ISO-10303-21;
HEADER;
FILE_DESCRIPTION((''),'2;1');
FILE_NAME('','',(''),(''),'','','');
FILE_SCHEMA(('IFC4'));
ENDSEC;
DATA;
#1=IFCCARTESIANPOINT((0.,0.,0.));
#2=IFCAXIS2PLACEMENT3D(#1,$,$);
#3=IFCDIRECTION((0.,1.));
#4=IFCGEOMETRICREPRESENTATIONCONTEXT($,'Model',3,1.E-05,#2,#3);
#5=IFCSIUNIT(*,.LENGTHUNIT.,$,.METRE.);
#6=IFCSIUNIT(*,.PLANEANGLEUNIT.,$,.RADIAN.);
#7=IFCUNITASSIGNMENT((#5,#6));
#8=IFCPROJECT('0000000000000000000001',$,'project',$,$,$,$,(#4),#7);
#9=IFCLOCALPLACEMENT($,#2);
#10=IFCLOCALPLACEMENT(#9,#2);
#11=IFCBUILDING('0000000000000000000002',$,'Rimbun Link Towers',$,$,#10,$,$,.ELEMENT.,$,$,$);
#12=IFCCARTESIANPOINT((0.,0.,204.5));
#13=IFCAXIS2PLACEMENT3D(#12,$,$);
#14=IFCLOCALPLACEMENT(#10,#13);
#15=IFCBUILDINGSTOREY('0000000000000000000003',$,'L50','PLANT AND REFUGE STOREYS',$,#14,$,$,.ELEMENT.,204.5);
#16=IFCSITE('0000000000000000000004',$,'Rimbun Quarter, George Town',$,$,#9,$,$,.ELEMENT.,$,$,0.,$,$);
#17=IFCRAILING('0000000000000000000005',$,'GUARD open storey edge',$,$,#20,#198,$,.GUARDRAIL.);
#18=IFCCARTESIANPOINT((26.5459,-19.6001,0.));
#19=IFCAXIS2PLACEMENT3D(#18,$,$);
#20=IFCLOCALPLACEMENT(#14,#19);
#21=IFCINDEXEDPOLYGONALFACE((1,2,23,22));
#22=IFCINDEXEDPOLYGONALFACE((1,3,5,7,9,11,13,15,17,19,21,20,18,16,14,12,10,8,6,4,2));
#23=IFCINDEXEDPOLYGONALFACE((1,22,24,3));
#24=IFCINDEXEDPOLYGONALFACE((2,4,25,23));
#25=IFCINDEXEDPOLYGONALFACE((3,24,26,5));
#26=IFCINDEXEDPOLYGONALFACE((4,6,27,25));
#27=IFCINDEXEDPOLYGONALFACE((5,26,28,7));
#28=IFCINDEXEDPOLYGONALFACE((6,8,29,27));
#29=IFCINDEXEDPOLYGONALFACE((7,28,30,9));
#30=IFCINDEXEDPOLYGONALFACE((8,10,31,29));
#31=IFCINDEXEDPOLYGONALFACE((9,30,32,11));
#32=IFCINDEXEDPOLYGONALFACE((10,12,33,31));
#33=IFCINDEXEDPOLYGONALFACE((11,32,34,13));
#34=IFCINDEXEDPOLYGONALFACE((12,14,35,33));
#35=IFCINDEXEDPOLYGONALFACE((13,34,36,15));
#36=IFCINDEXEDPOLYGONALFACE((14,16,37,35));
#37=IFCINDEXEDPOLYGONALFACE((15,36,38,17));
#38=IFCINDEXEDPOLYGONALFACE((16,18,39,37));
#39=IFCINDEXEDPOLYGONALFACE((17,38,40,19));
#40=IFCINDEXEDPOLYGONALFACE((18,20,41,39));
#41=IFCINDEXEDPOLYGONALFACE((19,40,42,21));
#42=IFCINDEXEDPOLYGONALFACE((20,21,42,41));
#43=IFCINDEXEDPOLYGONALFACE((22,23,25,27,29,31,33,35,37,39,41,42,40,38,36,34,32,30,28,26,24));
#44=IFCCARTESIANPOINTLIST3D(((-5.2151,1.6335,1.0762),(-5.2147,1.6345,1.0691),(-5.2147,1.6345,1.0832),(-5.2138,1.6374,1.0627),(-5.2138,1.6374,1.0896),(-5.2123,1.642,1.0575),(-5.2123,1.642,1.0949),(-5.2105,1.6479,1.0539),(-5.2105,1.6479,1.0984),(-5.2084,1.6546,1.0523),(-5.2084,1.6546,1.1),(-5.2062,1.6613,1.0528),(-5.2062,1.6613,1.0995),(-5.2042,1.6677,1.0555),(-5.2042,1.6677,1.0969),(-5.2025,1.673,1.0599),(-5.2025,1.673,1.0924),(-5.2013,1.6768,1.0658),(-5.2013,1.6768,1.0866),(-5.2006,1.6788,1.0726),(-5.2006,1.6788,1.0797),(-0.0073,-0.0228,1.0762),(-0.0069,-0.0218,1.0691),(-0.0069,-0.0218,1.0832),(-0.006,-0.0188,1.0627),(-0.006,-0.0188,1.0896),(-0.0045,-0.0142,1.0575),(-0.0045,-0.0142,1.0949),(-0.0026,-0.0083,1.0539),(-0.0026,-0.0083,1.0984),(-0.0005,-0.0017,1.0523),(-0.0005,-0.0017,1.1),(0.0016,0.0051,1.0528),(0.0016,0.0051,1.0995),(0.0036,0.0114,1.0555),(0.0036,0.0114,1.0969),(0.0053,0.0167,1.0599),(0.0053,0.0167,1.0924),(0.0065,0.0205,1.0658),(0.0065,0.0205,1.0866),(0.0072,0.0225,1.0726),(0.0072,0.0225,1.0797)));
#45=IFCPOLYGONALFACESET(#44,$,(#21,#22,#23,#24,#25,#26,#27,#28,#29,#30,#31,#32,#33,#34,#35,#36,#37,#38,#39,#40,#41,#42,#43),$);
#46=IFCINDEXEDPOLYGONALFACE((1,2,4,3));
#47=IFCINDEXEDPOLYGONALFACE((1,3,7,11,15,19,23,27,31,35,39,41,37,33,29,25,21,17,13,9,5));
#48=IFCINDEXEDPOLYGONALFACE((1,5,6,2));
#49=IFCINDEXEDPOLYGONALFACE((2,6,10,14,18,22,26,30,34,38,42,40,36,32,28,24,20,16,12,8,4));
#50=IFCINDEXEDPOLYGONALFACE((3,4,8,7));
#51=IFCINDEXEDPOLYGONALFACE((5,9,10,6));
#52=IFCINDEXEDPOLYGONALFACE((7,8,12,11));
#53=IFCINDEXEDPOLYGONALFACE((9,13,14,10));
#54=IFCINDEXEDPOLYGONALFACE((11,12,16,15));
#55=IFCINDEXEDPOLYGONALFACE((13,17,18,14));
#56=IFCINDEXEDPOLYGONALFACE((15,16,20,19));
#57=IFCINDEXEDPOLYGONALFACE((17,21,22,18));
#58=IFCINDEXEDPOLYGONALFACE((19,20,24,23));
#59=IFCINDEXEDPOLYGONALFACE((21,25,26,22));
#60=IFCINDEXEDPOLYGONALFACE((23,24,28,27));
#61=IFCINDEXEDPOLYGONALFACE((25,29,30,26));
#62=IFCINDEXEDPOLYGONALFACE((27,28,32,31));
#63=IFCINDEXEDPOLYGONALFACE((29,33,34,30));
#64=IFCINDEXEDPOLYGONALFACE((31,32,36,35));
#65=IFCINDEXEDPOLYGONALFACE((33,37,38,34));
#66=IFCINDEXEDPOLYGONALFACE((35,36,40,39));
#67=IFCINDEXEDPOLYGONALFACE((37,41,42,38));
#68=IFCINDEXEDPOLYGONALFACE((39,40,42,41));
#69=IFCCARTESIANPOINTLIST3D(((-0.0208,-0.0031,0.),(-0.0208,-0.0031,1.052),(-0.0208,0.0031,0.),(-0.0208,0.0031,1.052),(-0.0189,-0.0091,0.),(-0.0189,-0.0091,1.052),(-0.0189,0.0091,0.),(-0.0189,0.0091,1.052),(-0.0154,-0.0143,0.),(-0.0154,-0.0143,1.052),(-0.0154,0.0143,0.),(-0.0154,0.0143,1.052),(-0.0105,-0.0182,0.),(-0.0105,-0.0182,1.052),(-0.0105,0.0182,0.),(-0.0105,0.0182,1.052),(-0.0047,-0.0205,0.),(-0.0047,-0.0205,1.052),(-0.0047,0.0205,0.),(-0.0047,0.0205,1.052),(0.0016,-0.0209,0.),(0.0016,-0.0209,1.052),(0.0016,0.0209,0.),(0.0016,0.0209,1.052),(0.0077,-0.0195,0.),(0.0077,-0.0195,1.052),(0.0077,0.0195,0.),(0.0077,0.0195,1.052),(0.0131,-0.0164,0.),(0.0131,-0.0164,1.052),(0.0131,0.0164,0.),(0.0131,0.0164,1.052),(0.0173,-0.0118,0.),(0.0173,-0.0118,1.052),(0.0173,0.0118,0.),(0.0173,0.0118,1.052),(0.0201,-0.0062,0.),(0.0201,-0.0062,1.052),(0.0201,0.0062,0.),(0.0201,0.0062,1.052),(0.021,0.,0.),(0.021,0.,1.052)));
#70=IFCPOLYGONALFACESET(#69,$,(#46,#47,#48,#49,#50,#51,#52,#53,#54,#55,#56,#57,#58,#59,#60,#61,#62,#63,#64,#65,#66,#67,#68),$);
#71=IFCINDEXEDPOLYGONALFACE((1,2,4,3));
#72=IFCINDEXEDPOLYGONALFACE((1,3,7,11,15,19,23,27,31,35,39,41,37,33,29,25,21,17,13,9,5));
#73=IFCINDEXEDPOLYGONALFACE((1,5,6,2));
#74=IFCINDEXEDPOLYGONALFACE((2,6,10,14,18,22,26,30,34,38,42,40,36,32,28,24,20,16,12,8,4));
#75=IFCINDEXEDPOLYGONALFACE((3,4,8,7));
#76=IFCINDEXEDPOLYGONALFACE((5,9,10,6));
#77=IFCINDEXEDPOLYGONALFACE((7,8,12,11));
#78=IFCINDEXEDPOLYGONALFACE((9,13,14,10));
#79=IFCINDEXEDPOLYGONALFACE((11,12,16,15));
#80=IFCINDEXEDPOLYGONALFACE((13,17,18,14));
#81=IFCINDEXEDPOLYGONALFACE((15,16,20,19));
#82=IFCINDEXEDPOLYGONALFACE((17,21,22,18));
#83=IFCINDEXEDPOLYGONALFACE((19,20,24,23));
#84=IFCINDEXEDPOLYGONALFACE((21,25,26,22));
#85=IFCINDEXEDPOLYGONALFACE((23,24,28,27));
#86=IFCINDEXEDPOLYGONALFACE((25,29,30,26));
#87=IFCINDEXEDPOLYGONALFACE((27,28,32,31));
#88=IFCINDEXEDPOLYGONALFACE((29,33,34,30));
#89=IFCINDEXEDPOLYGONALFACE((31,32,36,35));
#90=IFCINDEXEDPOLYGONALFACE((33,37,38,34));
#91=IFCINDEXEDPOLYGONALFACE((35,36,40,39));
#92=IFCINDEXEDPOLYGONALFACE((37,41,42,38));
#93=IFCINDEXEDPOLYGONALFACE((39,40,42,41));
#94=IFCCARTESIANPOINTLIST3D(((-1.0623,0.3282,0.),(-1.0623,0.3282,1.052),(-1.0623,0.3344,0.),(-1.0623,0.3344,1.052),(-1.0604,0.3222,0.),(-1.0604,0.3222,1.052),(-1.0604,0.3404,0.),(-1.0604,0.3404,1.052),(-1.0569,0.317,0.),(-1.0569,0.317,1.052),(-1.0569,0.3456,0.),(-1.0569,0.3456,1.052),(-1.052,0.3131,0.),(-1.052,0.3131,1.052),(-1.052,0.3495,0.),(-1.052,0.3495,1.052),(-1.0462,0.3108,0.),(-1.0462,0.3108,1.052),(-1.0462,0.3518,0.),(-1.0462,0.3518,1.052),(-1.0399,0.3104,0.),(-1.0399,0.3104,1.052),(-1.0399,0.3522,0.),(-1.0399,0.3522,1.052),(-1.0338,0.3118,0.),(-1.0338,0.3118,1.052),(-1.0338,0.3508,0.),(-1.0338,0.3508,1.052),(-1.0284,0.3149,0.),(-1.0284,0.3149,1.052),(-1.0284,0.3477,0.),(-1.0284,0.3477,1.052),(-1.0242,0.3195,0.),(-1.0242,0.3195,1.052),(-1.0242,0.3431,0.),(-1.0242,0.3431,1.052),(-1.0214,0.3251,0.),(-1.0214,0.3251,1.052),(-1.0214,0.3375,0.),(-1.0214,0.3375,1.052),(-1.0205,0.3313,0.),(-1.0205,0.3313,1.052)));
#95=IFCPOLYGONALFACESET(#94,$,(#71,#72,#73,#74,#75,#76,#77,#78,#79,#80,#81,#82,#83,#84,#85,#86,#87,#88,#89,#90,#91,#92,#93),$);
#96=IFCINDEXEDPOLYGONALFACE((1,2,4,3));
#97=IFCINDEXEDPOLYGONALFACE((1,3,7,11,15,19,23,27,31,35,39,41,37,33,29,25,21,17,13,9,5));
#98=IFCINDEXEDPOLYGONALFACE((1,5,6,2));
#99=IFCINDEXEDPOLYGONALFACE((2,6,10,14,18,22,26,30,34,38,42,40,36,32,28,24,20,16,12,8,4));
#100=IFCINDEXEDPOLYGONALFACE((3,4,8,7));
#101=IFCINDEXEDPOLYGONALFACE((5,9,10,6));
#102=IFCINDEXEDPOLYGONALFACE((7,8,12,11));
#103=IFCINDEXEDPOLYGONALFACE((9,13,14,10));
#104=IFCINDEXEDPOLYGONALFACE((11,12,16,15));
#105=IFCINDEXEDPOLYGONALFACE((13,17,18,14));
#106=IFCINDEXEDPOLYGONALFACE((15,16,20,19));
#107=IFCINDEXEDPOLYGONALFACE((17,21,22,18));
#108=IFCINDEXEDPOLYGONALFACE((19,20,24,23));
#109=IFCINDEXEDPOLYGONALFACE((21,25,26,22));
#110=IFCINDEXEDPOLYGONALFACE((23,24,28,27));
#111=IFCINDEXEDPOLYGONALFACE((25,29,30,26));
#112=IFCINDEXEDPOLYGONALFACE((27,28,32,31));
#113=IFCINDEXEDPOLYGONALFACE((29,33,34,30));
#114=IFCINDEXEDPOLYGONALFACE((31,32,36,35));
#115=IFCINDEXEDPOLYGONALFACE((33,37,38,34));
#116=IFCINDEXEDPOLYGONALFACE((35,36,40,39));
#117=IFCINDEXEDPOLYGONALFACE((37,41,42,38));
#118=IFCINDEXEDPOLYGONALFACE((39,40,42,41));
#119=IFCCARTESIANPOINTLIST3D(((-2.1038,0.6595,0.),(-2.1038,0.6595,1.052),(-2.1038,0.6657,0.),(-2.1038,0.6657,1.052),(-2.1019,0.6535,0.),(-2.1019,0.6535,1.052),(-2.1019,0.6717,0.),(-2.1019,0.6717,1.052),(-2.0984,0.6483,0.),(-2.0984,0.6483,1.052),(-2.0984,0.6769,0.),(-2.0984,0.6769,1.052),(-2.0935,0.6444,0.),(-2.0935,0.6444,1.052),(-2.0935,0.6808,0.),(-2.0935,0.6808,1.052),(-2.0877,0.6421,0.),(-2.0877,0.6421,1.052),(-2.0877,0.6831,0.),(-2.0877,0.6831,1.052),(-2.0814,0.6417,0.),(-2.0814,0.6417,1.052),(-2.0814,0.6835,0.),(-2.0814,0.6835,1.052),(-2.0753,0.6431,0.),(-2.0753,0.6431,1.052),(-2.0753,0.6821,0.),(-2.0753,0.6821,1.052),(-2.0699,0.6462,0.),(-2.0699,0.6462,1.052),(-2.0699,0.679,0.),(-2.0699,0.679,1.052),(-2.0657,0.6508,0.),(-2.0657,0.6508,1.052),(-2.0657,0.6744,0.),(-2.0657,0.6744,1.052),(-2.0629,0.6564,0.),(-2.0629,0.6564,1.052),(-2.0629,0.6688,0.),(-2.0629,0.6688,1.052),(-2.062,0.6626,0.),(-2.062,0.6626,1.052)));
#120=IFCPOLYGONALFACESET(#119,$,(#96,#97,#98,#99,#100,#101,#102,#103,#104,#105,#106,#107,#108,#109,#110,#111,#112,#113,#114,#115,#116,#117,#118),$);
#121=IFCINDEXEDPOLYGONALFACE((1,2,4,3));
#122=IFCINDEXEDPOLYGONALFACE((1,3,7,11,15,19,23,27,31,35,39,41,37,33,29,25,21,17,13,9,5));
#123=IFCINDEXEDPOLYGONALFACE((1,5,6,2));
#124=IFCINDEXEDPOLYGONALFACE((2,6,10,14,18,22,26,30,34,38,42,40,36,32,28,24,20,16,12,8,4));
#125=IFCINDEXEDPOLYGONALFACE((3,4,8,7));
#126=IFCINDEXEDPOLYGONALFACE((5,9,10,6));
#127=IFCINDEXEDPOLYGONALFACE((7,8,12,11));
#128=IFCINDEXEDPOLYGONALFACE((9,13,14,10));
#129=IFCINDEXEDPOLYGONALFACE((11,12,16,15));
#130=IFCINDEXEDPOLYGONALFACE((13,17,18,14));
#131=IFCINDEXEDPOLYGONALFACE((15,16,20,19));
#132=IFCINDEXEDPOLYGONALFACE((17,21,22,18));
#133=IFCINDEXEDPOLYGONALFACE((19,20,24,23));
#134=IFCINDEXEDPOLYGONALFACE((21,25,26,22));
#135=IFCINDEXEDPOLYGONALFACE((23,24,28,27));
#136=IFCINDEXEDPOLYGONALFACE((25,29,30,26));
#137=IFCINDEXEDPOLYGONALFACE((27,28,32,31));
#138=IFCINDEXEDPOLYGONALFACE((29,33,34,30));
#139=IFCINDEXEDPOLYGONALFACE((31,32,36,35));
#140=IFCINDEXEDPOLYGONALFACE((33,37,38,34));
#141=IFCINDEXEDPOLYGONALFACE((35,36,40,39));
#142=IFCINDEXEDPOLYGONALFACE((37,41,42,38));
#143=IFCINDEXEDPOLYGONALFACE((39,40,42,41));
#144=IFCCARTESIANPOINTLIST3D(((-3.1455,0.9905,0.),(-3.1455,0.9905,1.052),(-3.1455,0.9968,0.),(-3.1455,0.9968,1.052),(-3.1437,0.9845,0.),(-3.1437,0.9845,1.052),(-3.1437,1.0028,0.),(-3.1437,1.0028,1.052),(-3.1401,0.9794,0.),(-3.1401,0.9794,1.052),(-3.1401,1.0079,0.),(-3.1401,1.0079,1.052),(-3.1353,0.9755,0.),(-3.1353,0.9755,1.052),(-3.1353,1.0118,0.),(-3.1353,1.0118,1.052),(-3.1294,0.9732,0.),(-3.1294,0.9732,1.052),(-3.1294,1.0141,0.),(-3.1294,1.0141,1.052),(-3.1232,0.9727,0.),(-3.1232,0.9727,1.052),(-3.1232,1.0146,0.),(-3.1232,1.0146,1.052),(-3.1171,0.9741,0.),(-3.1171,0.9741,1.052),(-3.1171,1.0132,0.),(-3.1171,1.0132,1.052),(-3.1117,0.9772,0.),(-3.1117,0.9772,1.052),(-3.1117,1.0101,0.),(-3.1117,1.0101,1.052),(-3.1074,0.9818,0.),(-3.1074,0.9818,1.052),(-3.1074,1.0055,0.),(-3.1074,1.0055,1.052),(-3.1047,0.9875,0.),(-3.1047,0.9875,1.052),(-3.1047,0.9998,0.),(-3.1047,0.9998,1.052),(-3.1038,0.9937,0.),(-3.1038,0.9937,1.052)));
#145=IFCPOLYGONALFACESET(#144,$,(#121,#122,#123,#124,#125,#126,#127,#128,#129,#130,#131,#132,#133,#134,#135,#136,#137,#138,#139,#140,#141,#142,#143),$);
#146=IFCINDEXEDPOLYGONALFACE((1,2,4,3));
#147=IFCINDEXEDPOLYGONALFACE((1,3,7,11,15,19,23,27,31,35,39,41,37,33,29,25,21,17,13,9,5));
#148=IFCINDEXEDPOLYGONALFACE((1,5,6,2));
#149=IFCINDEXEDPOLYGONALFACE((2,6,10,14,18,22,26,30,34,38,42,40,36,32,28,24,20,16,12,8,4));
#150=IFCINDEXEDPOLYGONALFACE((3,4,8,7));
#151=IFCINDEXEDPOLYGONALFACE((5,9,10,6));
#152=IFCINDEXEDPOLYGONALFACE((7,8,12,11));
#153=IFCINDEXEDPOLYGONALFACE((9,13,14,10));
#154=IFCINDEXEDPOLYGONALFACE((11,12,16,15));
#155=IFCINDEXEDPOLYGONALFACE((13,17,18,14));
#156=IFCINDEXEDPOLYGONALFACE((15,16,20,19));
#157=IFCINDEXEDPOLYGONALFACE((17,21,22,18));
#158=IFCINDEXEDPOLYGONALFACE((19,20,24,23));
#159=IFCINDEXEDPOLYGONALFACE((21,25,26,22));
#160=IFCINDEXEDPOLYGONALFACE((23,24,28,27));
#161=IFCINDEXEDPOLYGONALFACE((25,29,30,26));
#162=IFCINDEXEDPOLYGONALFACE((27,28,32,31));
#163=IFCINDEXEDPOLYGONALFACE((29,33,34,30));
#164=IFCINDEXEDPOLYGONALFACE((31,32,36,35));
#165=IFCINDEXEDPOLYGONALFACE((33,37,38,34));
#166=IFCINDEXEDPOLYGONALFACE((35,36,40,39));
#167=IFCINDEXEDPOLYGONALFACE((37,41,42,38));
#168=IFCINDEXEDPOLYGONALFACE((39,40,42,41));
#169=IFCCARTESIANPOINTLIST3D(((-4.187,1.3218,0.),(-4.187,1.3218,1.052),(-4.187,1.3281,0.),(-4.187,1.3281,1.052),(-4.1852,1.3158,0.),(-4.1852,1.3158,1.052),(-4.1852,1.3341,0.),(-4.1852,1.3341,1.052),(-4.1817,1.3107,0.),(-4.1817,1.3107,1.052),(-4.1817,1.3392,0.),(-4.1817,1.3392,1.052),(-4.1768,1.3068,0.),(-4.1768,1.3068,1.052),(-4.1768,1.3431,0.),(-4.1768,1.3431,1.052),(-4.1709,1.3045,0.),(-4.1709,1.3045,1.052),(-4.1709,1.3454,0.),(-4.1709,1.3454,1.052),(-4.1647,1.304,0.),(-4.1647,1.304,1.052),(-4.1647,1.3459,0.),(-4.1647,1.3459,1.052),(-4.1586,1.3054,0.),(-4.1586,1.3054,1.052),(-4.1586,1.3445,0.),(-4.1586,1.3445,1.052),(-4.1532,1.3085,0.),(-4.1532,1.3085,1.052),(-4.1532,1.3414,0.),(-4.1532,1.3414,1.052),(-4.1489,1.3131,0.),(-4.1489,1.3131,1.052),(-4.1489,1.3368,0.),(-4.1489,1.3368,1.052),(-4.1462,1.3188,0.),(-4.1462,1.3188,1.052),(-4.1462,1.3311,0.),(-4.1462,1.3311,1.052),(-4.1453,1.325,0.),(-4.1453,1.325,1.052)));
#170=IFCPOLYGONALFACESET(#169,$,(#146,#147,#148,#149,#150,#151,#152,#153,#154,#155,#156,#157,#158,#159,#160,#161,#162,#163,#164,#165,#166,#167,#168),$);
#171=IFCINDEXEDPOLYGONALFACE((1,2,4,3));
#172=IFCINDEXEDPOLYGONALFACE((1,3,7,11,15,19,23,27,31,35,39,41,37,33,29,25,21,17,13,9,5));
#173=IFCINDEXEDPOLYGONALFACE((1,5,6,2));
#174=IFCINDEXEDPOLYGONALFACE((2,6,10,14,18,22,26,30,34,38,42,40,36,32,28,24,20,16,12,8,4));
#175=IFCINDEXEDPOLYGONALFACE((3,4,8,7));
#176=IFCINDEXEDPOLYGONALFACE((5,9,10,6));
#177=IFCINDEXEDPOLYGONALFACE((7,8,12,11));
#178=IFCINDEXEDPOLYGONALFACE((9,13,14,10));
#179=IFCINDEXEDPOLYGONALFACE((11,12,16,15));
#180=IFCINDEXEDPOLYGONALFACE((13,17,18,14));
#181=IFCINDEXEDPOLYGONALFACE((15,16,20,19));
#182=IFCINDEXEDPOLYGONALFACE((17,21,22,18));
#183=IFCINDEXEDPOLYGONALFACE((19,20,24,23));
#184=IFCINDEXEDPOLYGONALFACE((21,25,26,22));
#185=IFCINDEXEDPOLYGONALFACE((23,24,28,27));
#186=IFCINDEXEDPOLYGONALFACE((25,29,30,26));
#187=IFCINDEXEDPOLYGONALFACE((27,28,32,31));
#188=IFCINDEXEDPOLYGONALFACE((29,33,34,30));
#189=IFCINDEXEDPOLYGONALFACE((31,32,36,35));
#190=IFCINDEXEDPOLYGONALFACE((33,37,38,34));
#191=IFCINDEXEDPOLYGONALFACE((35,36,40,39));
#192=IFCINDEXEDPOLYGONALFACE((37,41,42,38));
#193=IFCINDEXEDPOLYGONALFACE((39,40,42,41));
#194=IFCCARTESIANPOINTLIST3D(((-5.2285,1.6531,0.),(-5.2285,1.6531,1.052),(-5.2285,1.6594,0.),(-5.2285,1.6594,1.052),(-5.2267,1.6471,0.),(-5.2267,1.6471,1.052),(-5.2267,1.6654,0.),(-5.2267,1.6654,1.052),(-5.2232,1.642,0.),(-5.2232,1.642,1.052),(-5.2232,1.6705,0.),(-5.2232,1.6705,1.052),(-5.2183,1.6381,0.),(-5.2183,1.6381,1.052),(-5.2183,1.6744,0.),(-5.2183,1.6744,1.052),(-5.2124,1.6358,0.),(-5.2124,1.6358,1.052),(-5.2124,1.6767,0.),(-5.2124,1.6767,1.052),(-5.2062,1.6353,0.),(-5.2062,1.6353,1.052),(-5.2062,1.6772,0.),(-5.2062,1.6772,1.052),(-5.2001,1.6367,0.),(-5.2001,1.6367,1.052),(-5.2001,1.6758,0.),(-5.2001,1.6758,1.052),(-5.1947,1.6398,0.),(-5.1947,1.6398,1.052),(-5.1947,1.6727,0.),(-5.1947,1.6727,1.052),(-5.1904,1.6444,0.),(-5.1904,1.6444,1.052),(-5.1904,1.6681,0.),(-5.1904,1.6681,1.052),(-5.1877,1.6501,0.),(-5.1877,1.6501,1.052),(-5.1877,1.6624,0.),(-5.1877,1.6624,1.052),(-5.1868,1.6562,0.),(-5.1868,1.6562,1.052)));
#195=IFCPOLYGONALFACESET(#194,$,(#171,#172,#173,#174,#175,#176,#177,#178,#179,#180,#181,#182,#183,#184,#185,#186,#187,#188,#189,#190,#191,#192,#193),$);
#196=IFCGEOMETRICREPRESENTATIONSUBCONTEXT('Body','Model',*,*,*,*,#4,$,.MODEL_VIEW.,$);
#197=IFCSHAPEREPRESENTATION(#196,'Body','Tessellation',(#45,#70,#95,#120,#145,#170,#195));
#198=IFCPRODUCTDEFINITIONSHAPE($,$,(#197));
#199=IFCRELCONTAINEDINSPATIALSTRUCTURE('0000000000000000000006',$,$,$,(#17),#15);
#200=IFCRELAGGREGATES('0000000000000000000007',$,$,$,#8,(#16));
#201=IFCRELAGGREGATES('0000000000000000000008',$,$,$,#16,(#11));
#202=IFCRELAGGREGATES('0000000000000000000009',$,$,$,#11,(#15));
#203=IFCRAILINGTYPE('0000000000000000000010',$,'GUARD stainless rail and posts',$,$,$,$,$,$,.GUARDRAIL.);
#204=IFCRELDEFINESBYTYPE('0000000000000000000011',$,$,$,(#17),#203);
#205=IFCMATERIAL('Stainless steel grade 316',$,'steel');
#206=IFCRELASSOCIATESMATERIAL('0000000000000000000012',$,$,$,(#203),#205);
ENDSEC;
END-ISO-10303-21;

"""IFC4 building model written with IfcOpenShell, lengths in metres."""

from ifc_helpers import new_model, si_unit, direction, frame, origin, origin_2d, place, context, subcontext, project, spatial, circle, extrude, material, type_object, element, save


model = new_model("IFC4")

# Units and contexts
model_context = context("Model", 3, precision=1e-05, world=origin(), true_north=direction((0.0, 1.0)))
body_context = subcontext(model_context, "Body", "Model", "MODEL_VIEW")
ifc_project = project(units=[si_unit("LENGTHUNIT", "METRE"), si_unit("PLANEANGLEUNIT", "RADIAN")], contexts=[model_context])

# Site, building, storey
site_placement = place(None, origin())
site = spatial("IfcSite", under=ifc_project, at=site_placement, Name="Rimbun Quarter, George Town", CompositionType="ELEMENT", RefElevation=0.0)
building_placement = place(site_placement, origin())
building = spatial("IfcBuilding", under=site, at=building_placement, Name="Rimbun Link Towers", CompositionType="ELEMENT")
storey_placement = place(building_placement, frame((0.0, 0.0, 204.5)))
storey = spatial("IfcBuildingStorey", under=building, at=storey_placement, Name="L50", Description="PLANT AND REFUGE STOREYS", CompositionType="ELEMENT", Elevation=204.5)

# Railing
ifc_material_1 = material(Name="Stainless steel grade 316", Category="steel")
railing_type = type_object("IfcRailingType", Name="GUARD stainless rail and posts", PredefinedType="GUARDRAIL", material=ifc_material_1)
railing_1_placement = place(storey_placement, frame((26.5459, -19.6001, 0.0)))
element("IfcRailing", 1, at=railing_1_placement, inside=storey, type_object=railing_type, Name="GUARD open storey edge", PredefinedType="GUARDRAIL", context=body_context, shape_type="SweptSolid", body=[
    extrude(circle(Radius=0.0239, at=origin_2d()), frame((0.0, 0.0, 1.0762), z_axis=(-0.952966, 0.303076, 0.0), x_axis=(-0.303076, -0.952966, 0.0)), (0.0, 0.0, 1.0), 5.4648),
    extrude(circle(Radius=0.021, at=origin_2d()), origin(), (0.0, 0.0, 1.0), 1.052),
    extrude(circle(Radius=0.021, at=origin_2d()), frame((-1.0415, 0.3313, 0.0)), (0.0, 0.0, 1.0), 1.052),
    extrude(circle(Radius=0.021, at=origin_2d()), frame((-2.083, 0.6626, 0.0)), (0.0, 0.0, 1.0), 1.052),
    extrude(circle(Radius=0.021, at=origin_2d()), frame((-3.1248, 0.9937, 0.0)), (0.0, 0.0, 1.0), 1.052),
    extrude(circle(Radius=0.021, at=origin_2d()), frame((-4.1663, 1.325, 0.0)), (0.0, 0.0, 1.0), 1.052),
    extrude(circle(Radius=0.021, at=origin_2d()), frame((-5.2078, 1.6562, 0.0)), (0.0, 0.0, 1.0), 1.052),
])

save(model, "model.ifc")
